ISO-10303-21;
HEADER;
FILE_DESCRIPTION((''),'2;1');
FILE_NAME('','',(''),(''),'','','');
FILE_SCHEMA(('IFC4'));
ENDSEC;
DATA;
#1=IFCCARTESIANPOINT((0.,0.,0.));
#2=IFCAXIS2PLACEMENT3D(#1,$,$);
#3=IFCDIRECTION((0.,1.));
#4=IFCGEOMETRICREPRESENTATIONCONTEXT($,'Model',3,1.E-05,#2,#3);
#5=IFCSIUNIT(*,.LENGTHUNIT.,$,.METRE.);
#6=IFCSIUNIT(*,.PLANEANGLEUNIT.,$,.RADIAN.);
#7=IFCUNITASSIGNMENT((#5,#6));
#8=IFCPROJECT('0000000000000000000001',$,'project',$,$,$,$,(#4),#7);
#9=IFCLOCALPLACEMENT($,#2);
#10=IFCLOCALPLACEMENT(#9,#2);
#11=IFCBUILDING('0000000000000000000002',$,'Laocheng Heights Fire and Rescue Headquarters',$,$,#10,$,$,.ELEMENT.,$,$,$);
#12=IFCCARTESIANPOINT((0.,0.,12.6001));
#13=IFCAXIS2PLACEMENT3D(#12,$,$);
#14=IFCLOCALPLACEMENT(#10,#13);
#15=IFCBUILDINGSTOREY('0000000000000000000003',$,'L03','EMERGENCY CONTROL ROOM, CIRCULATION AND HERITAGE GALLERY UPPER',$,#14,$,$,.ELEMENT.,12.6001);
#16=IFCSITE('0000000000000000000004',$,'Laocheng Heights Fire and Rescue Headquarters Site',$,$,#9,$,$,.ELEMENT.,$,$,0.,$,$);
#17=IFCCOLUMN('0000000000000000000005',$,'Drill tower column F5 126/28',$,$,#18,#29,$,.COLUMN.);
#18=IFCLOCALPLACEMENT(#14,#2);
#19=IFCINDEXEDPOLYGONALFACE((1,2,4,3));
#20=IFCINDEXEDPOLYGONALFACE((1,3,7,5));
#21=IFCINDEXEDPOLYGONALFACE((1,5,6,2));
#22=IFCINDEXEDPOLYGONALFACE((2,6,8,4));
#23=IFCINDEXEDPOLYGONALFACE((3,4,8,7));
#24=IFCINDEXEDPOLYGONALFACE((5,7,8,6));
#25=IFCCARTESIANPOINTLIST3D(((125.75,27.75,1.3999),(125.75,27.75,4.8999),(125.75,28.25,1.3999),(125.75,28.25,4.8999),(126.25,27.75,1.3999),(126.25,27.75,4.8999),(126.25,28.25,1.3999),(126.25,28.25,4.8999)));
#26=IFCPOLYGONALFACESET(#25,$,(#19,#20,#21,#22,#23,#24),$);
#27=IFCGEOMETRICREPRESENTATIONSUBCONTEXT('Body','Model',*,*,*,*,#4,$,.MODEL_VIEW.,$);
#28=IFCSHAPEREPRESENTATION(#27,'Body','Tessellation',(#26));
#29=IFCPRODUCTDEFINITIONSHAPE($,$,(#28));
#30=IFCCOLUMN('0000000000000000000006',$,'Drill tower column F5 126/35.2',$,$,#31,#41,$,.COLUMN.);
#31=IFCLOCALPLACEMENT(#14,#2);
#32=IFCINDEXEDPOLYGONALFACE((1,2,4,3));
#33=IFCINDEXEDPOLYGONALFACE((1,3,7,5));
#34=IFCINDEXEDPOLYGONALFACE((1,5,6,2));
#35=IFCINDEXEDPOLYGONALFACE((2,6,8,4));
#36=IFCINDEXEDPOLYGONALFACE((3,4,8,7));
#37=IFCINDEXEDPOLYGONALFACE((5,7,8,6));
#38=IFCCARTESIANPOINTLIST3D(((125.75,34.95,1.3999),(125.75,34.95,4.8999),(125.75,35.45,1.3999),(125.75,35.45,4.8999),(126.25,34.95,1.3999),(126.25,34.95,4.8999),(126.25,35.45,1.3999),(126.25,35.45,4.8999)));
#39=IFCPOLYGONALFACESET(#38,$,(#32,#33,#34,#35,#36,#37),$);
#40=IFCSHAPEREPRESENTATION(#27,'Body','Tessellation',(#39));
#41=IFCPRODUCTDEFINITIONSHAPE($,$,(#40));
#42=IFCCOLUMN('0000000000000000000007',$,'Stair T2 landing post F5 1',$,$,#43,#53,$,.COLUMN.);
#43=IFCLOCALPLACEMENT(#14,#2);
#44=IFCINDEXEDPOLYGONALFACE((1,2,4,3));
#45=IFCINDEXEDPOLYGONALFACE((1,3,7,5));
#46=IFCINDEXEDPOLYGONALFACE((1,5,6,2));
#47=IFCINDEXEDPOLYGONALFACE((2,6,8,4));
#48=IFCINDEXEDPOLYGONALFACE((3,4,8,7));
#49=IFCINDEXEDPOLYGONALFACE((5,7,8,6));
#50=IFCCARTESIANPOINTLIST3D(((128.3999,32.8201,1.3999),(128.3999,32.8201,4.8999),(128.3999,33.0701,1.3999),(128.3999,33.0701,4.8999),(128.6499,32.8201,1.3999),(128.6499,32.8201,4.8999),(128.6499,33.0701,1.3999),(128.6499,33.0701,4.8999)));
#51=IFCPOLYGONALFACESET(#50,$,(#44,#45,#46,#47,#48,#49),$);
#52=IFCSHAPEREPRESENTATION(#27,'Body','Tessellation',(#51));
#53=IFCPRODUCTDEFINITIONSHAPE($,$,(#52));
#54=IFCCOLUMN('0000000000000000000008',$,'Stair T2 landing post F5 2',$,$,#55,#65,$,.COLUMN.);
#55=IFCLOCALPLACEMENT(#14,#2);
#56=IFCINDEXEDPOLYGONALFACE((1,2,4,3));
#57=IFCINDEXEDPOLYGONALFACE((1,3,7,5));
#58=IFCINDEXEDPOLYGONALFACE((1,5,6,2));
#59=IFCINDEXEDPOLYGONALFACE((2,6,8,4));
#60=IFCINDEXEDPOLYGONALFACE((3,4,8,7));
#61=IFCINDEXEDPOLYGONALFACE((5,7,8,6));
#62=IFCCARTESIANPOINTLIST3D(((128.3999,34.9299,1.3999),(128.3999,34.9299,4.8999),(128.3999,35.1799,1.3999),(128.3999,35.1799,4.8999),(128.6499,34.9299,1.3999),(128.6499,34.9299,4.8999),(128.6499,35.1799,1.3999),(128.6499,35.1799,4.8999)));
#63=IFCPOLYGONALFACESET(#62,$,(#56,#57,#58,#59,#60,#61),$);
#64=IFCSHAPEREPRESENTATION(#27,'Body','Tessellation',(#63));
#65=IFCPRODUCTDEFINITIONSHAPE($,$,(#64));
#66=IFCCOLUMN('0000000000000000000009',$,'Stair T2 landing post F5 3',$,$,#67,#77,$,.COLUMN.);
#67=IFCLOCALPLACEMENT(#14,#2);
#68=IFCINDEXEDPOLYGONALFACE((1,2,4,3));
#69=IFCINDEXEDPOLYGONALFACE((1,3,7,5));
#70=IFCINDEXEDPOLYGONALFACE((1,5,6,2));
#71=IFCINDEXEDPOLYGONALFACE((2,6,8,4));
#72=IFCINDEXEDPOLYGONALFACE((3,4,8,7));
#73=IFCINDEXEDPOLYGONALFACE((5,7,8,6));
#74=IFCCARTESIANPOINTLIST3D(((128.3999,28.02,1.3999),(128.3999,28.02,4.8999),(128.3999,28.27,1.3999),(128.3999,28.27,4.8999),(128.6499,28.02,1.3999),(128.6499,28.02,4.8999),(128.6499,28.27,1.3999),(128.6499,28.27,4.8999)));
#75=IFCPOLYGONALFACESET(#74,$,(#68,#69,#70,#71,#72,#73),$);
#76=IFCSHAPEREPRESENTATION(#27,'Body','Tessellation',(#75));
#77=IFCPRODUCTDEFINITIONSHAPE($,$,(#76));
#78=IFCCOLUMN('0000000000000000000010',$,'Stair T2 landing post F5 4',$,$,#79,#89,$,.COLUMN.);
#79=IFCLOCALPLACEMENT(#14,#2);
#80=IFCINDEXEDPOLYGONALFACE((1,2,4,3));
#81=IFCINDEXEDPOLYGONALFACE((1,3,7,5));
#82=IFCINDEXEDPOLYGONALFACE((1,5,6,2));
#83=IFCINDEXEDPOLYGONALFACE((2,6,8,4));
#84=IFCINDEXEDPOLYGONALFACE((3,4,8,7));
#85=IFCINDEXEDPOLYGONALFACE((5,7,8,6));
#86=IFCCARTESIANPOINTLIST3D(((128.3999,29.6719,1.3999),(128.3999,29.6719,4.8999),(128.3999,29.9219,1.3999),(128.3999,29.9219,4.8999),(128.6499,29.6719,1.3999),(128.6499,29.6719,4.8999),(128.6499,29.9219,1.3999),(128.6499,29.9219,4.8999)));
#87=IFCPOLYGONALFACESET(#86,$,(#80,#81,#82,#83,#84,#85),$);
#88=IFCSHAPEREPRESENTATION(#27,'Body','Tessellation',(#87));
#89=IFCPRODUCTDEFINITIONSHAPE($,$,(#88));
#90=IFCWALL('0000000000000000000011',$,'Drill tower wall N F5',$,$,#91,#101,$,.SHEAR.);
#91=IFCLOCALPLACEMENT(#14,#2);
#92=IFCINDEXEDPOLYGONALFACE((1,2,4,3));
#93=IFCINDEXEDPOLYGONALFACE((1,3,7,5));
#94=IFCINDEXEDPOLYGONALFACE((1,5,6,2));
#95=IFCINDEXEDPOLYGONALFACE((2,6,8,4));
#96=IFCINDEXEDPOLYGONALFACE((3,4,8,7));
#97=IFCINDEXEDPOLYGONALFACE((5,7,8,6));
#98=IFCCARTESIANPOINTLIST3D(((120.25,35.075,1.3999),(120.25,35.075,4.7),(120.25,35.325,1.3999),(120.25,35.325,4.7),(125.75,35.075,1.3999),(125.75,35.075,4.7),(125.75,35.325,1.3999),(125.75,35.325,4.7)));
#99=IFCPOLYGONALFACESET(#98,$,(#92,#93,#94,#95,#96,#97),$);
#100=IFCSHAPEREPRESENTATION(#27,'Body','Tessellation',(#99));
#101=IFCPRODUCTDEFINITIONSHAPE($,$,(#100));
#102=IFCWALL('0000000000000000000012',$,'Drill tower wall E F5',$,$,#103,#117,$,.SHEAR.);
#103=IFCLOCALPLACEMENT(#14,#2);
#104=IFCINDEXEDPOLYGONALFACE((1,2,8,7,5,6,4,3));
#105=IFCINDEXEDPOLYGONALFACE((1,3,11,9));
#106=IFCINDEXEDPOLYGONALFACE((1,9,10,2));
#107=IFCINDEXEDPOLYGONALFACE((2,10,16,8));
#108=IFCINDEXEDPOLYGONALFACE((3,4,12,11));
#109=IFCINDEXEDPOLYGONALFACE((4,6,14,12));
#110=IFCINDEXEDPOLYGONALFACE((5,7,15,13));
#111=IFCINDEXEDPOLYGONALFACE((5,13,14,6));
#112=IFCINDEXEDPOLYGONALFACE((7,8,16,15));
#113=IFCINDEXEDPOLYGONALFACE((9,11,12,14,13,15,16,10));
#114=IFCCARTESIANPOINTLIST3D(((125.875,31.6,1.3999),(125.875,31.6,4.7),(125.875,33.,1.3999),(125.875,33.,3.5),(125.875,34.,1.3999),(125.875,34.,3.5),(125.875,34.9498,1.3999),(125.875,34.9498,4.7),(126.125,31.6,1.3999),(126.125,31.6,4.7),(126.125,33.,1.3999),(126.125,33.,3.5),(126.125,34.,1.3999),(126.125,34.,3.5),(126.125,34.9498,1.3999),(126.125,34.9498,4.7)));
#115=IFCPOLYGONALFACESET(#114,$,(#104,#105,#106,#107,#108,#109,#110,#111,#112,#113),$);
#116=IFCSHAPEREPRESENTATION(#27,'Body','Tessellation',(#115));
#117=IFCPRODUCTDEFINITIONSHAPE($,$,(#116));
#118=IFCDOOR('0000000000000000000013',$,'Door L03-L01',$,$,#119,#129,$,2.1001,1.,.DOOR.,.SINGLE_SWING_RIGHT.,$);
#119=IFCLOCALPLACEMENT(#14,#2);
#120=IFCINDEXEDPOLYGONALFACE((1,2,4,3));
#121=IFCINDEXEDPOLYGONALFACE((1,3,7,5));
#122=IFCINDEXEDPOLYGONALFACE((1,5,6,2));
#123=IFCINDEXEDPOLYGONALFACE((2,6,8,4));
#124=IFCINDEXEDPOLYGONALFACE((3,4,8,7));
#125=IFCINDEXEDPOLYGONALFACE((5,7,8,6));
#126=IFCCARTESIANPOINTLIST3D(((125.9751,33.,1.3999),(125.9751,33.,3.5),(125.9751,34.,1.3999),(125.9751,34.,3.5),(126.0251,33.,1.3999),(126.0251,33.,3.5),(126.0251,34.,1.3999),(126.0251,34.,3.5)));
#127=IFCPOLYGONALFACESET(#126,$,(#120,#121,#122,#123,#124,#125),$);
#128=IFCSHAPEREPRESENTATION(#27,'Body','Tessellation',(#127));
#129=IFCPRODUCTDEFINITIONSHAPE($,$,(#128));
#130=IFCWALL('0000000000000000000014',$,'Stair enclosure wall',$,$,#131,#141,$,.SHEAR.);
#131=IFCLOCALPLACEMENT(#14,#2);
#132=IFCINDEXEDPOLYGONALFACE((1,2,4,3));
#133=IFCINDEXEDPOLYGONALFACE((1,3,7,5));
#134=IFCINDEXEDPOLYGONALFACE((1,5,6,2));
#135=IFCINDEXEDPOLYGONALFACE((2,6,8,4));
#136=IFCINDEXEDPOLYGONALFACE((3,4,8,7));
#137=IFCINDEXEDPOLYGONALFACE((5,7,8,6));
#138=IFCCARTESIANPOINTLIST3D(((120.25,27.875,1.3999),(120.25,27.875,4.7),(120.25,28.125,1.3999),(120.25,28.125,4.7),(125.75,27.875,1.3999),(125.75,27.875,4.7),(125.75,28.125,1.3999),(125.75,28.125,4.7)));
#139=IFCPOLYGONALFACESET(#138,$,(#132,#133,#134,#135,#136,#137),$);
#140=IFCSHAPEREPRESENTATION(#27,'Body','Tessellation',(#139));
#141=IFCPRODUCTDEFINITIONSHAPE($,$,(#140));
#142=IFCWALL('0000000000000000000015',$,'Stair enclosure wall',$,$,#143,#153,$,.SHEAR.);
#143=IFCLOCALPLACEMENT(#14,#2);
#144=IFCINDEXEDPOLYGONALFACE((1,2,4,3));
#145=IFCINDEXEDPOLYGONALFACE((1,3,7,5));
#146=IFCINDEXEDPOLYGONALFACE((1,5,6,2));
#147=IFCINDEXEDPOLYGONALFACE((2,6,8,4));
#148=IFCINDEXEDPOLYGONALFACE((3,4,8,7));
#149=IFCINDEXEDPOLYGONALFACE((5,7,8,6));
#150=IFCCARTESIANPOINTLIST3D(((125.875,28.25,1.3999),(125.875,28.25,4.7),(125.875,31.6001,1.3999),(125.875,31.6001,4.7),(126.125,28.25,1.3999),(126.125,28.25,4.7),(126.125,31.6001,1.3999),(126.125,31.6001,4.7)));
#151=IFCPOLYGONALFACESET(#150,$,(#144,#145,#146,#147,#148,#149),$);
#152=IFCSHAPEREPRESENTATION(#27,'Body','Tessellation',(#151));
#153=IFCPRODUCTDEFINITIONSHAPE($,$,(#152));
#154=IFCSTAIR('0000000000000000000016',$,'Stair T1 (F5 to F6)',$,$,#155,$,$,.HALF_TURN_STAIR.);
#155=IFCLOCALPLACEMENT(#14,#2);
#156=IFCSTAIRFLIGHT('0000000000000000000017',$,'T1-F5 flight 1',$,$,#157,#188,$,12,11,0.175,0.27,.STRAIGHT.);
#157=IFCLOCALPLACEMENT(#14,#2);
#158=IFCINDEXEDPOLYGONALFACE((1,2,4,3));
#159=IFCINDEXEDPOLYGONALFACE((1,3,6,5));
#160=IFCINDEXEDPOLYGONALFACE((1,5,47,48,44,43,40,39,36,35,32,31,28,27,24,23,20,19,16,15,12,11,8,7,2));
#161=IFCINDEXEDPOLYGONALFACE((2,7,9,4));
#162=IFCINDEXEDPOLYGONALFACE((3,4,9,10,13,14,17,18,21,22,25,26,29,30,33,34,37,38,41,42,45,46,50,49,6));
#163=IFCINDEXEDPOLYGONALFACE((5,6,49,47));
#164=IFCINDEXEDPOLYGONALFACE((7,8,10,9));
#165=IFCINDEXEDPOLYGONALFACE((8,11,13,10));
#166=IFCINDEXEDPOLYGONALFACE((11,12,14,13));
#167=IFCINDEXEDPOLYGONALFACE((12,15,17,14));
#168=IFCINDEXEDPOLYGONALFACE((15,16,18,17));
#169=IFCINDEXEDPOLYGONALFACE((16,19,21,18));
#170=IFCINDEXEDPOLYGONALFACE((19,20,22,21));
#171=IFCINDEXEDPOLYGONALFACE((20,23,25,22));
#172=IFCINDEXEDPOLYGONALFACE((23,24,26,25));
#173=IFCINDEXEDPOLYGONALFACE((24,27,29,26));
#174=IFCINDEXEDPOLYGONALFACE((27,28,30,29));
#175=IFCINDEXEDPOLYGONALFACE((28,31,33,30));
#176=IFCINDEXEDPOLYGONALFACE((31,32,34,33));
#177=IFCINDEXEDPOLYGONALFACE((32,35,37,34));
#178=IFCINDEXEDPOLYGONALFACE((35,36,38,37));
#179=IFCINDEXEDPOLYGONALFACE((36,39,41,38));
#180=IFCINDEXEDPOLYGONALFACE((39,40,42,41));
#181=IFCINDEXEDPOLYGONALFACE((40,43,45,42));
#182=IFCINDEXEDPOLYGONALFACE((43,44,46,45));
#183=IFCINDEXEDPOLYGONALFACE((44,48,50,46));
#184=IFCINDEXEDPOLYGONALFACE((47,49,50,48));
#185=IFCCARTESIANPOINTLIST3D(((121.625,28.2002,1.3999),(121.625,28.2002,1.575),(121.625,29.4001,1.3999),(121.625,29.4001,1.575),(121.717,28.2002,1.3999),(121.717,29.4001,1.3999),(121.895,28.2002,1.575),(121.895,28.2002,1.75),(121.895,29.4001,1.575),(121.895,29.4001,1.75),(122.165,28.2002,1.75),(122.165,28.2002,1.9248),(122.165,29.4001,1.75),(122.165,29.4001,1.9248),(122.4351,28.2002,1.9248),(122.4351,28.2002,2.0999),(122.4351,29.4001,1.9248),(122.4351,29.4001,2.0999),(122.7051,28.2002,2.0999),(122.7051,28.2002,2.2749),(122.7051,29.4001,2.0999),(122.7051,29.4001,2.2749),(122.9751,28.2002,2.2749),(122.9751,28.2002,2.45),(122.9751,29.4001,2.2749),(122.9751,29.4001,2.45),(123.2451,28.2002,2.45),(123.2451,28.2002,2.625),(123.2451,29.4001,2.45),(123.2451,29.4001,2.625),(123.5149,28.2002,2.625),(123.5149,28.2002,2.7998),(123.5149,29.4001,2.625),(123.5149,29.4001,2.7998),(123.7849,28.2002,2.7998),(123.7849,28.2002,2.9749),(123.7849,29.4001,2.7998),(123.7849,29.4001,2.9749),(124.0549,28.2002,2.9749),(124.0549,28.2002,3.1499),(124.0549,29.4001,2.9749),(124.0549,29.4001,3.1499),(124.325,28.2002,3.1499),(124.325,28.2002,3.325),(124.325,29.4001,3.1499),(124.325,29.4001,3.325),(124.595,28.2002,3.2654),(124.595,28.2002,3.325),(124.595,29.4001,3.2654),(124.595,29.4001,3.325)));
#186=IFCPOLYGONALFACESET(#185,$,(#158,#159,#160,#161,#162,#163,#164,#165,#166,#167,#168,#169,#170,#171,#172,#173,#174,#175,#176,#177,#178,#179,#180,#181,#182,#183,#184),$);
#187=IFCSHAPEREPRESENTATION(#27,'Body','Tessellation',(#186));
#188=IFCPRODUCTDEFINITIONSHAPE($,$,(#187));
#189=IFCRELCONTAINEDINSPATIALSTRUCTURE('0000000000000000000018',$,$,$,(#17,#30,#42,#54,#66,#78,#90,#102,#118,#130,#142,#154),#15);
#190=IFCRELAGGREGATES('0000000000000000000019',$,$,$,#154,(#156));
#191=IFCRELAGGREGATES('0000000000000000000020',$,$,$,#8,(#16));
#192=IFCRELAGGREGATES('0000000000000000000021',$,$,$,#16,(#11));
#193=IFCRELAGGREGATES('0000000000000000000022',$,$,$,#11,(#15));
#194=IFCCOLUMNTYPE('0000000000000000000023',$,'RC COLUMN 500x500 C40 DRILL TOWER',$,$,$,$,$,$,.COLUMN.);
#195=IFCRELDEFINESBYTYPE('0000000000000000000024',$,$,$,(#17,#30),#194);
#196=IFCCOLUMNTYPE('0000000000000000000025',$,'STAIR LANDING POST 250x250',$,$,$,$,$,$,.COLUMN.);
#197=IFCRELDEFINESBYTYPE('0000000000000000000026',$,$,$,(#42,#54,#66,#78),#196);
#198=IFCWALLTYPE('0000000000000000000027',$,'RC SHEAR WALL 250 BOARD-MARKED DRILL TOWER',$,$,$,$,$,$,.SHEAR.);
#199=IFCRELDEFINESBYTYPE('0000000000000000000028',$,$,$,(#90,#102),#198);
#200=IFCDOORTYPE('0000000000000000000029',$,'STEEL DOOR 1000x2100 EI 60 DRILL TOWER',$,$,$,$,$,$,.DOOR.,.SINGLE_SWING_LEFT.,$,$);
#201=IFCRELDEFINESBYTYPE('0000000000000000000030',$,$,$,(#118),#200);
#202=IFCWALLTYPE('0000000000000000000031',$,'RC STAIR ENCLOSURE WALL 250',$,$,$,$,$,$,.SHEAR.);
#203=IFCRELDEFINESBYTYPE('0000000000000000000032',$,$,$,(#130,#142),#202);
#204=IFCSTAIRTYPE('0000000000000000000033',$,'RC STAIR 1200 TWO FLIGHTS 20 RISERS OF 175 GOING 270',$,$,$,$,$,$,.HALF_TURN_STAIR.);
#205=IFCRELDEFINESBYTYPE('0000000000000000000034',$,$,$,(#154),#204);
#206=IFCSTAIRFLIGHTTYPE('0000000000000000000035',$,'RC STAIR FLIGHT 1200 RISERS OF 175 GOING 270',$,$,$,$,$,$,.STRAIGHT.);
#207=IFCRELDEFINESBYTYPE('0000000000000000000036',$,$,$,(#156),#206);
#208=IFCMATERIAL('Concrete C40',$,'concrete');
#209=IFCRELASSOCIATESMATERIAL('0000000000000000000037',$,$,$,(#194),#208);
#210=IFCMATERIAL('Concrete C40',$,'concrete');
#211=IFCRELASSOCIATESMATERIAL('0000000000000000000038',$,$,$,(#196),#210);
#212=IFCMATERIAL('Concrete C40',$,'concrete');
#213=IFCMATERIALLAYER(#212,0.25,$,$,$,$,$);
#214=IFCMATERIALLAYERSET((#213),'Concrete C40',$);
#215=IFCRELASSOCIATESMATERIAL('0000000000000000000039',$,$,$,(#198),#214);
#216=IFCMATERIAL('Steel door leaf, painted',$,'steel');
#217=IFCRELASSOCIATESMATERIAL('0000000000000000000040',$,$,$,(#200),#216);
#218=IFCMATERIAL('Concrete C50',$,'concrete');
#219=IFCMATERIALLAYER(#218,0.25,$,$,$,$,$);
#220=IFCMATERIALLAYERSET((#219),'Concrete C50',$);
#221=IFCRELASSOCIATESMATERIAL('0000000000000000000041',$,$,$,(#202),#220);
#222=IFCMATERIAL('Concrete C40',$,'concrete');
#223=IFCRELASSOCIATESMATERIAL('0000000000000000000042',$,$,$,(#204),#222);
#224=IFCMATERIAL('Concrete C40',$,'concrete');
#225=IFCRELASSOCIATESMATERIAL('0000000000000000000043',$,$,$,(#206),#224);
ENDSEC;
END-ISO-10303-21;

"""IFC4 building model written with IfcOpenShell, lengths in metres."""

from ifc_helpers import new_model, si_unit, direction, frame, frame_2d, origin, origin_2d, place, context, subcontext, project, spatial, polyline, rectangle, outline, extrude, material, layer, layer_set, material_profile, profile_set, type_object, element, fill, aggregate, save


model = new_model("IFC4")

# Units and contexts
model_context = context("Model", 3, precision=1e-05, world=origin(), true_north=direction((0.0, 1.0)))
body_context = subcontext(model_context, "Body", "Model", "MODEL_VIEW")
ifc_project = project(units=[si_unit("LENGTHUNIT", "METRE"), si_unit("PLANEANGLEUNIT", "RADIAN")], contexts=[model_context])

# Site, building, storey
site_placement = place(None, origin())
site = spatial("IfcSite", under=ifc_project, at=site_placement, Name="Laocheng Heights Fire and Rescue Headquarters Site", CompositionType="ELEMENT", RefElevation=0.0)
building_placement = place(site_placement, origin())
building = spatial("IfcBuilding", under=site, at=building_placement, Name="Laocheng Heights Fire and Rescue Headquarters", CompositionType="ELEMENT")
storey_placement = place(building_placement, frame((0.0, 0.0, 12.6001)))
storey = spatial("IfcBuildingStorey", under=building, at=storey_placement, Name="L03", Description="EMERGENCY CONTROL ROOM, CIRCULATION AND HERITAGE GALLERY UPPER", CompositionType="ELEMENT", Elevation=12.6001)

# Columns
ifc_material_1 = material(Name="Concrete C40", Category="concrete")
ifc_material_profile_1 = material_profile(ifc_material_1, rectangle(XDim=0.5, YDim=0.5, at=origin_2d()), Name="RC COLUMN 500x500 C40 DRILL TOWER")
ifc_profile_set_1 = profile_set([ifc_material_profile_1], Name="Concrete C40")
column_type_1 = type_object("IfcColumnType", Name="RC COLUMN 500x500 C40 DRILL TOWER", PredefinedType="COLUMN", material=ifc_profile_set_1)
for number, where, z_axis, x_axis, name in (
    (1, (126.0, 28.0, 1.3999), (0.0, 0.0, 1.0), (1.0, 0.0, 0.0), "Drill tower column F5 126/28"),
    (2, (126.0, 35.2, 1.3999), (0.0, 0.0, 1.0), (1.0, 0.0, 0.0), "Drill tower column F5 126/35.2"),
):
    element("IfcColumn", number, at=place(storey_placement, frame(where, z_axis=z_axis, x_axis=x_axis)), inside=storey, type_object=column_type_1, Name=name, PredefinedType="COLUMN", context=body_context, shape_type="SweptSolid", body=[
        extrude(rectangle(XDim=0.5, YDim=0.5, at=origin_2d()), origin(), (0.0, 0.0, 1.0), 3.5),
    ])
ifc_material_2 = material(Name="Concrete C40", Category="concrete")
ifc_material_profile_2 = material_profile(ifc_material_2, rectangle(XDim=0.25, YDim=0.25, at=origin_2d()), Name="STAIR LANDING POST 250x250")
ifc_profile_set_2 = profile_set([ifc_material_profile_2], Name="Concrete C40")
column_type_2 = type_object("IfcColumnType", Name="STAIR LANDING POST 250x250", PredefinedType="COLUMN", material=ifc_profile_set_2)
for number, where, z_axis, x_axis, name in (
    (3, (128.5249, 32.9451, 1.3999), (0.0, 0.0, 1.0), (1.0, 0.0, 0.0), "Stair T2 landing post F5 1"),
    (4, (128.5249, 35.0549, 1.3999), (0.0, 0.0, 1.0), (1.0, 0.0, 0.0), "Stair T2 landing post F5 2"),
    (5, (128.5249, 28.145, 1.3999), (0.0, 0.0, 1.0), (1.0, 0.0, 0.0), "Stair T2 landing post F5 3"),
    (6, (128.5249, 29.7969, 1.3999), (0.0, 0.0, 1.0), (1.0, 0.0, 0.0), "Stair T2 landing post F5 4"),
):
    element("IfcColumn", number, at=place(storey_placement, frame(where, z_axis=z_axis, x_axis=x_axis)), inside=storey, type_object=column_type_2, Name=name, PredefinedType="COLUMN", context=body_context, shape_type="SweptSolid", body=[
        extrude(rectangle(XDim=0.25, YDim=0.25, at=origin_2d()), origin(), (0.0, 0.0, 1.0), 3.5),
    ])

# Wall
ifc_material_3 = material(Name="Concrete C40", Category="concrete")
ifc_layer_1 = layer(ifc_material_3, 0.25)
ifc_layer_set_1 = layer_set([ifc_layer_1], Name="Concrete C40")
wall_type_1 = type_object("IfcWallType", Name="RC SHEAR WALL 250 BOARD-MARKED DRILL TOWER", PredefinedType="SHEAR", material=ifc_layer_set_1)
wall_1_placement = place(storey_placement, frame((120.25, 35.2, 1.3999), z_axis=(0.0, 0.0, 1.0), x_axis=(1.0, 0.0, 0.0)))
element("IfcWall", 7, at=wall_1_placement, inside=storey, type_object=wall_type_1, Name="Drill tower wall N F5", PredefinedType="SHEAR", context=body_context, shape_type="SweptSolid", body=[
    extrude(rectangle(XDim=5.5, YDim=0.25, at=frame_2d((2.75, 0.0))), origin(), (0.0, 0.0, 1.0), 3.3),
])

# Wall, opening, door
wall_2_placement = place(storey_placement, frame((126.0, 31.6001, 1.3999), z_axis=(0.0, 0.0, 1.0), x_axis=(0.0, 1.0, 0.0)))
wall_2 = element("IfcWall", 8, at=wall_2_placement, inside=storey, type_object=wall_type_1, Name="Drill tower wall E F5", PredefinedType="SHEAR", context=body_context, shape_type="SweptSolid", body=[
    extrude(rectangle(XDim=3.3499, YDim=0.25, at=frame_2d((1.6748, 0.0))), origin(), (0.0, 0.0, 1.0), 3.3),
])
opening_placement = place(wall_2_placement, frame((1.3999, 0.0, 0.0)))
opening = element("IfcOpeningElement", 9, at=opening_placement, cuts=wall_2, PredefinedType="OPENING", context=body_context, shape_type="SweptSolid", body=[
    extrude(rectangle(XDim=1.0, YDim=2.1001, at=frame_2d((0.5, 1.05))), frame((0.0, 0.135, 0.0), z_axis=(0.0, -1.0, 0.0), x_axis=(1.0, 0.0, 0.0)), (0.0, 0.0, 1.0), 0.27),
])
ifc_material_4 = material(Name="Steel door leaf, painted", Category="steel")
door_type = type_object("IfcDoorType", Name="STEEL DOOR 1000x2100 EI 60 DRILL TOWER", OperationType="SINGLE_SWING_LEFT", PredefinedType="DOOR", material=ifc_material_4)
door_placement = place(opening_placement, origin())
door = element("IfcDoor", 10, at=door_placement, inside=storey, type_object=door_type, Name="Door L03-L01", OperationType="SINGLE_SWING_RIGHT", OverallHeight=2.1001, OverallWidth=1.0, PredefinedType="DOOR", context=body_context, shape_type="SweptSolid", body=[
    extrude(rectangle(XDim=1.0, YDim=2.1001, at=frame_2d((0.5, 1.05))), frame((0.0, 0.0249, 0.0), z_axis=(0.0, -1.0, 0.0), x_axis=(1.0, 0.0, 0.0)), (0.0, 0.0, 1.0), 0.05),
])
fill(opening, door)

# Walls
ifc_material_5 = material(Name="Concrete C50", Category="concrete")
ifc_layer_2 = layer(ifc_material_5, 0.25)
ifc_layer_set_2 = layer_set([ifc_layer_2], Name="Concrete C50")
wall_type_2 = type_object("IfcWallType", Name="RC STAIR ENCLOSURE WALL 250", PredefinedType="SHEAR", material=ifc_layer_set_2)
wall_3_placement = place(storey_placement, frame((120.25, 28.0, 1.3999), z_axis=(0.0, 0.0, 1.0), x_axis=(1.0, 0.0, 0.0)))
element("IfcWall", 11, at=wall_3_placement, inside=storey, type_object=wall_type_2, Name="Stair enclosure wall", PredefinedType="SHEAR", context=body_context, shape_type="SweptSolid", body=[
    extrude(rectangle(XDim=5.5, YDim=0.25, at=frame_2d((2.75, 0.0))), origin(), (0.0, 0.0, 1.0), 3.3),
])
wall_4_placement = place(storey_placement, frame((126.0, 28.25, 1.3999), z_axis=(0.0, 0.0, 1.0), x_axis=(0.0, 1.0, 0.0)))
element("IfcWall", 12, at=wall_4_placement, inside=storey, type_object=wall_type_2, Name="Stair enclosure wall", PredefinedType="SHEAR", context=body_context, shape_type="SweptSolid", body=[
    extrude(rectangle(XDim=3.3501, YDim=0.25, at=frame_2d((1.675, 0.0))), origin(), (0.0, 0.0, 1.0), 3.3),
])

# Stair, stair flight
ifc_material_6 = material(Name="Concrete C40", Category="concrete")
stair_type = type_object("IfcStairType", Name="RC STAIR 1200 TWO FLIGHTS 20 RISERS OF 175 GOING 270", PredefinedType="HALF_TURN_STAIR", material=ifc_material_6)
stair_1_placement = place(storey_placement, origin())
stair_1 = element("IfcStair", 13, at=stair_1_placement, inside=storey, type_object=stair_type, Name="Stair T1 (F5 to F6)", PredefinedType="HALF_TURN_STAIR")
ifc_material_7 = material(Name="Concrete C40", Category="concrete")
stair_flight_type = type_object("IfcStairFlightType", Name="RC STAIR FLIGHT 1200 RISERS OF 175 GOING 270", PredefinedType="STRAIGHT", material=ifc_material_7)
stair_flight_1_placement = place(storey_placement, frame((121.625, 28.8, 1.3999), z_axis=(0.0, 0.0, 1.0), x_axis=(1.0, 0.0, 0.0)))
stair_flight_1 = element("IfcStairFlight", 14, at=stair_flight_1_placement, type_object=stair_flight_type, Name="T1-F5 flight 1", NumberOfRisers=12, NumberOfTreads=11, PredefinedType="STRAIGHT", RiserHeight=0.175, TreadLength=0.27, context=body_context, shape_type="SweptSolid", body=[
    extrude(outline(polyline([(0.0, 0.0), (0.0, 0.175), (0.27, 0.175), (0.27, 0.3501), (0.54, 0.3501), (0.54, 0.5249), (0.8101, 0.5249), (0.8101, 0.7), (1.0801, 0.7), (1.0801, 0.875), (1.3501, 0.875), (1.3501, 1.05), (1.6201, 1.05), (1.6201, 1.2251), (1.8899, 1.2251), (1.8899, 1.3999), (2.1599, 1.3999), (2.1599, 1.575), (2.4299, 1.575), (2.4299, 1.75), (2.7, 1.75), (2.7, 1.925), (2.97, 1.925), (2.97, 2.1001), (2.97, 1.8655), (0.092, 0.0), (0.0, 0.0)])), frame((0.0, 0.6001, 0.0), z_axis=(0.0, -1.0, 0.0), x_axis=(1.0, 0.0, 0.0)), (0.0, 0.0, 1.0), 1.2),
])
aggregate(stair_1, [stair_flight_1])

save(model, "model.ifc")
